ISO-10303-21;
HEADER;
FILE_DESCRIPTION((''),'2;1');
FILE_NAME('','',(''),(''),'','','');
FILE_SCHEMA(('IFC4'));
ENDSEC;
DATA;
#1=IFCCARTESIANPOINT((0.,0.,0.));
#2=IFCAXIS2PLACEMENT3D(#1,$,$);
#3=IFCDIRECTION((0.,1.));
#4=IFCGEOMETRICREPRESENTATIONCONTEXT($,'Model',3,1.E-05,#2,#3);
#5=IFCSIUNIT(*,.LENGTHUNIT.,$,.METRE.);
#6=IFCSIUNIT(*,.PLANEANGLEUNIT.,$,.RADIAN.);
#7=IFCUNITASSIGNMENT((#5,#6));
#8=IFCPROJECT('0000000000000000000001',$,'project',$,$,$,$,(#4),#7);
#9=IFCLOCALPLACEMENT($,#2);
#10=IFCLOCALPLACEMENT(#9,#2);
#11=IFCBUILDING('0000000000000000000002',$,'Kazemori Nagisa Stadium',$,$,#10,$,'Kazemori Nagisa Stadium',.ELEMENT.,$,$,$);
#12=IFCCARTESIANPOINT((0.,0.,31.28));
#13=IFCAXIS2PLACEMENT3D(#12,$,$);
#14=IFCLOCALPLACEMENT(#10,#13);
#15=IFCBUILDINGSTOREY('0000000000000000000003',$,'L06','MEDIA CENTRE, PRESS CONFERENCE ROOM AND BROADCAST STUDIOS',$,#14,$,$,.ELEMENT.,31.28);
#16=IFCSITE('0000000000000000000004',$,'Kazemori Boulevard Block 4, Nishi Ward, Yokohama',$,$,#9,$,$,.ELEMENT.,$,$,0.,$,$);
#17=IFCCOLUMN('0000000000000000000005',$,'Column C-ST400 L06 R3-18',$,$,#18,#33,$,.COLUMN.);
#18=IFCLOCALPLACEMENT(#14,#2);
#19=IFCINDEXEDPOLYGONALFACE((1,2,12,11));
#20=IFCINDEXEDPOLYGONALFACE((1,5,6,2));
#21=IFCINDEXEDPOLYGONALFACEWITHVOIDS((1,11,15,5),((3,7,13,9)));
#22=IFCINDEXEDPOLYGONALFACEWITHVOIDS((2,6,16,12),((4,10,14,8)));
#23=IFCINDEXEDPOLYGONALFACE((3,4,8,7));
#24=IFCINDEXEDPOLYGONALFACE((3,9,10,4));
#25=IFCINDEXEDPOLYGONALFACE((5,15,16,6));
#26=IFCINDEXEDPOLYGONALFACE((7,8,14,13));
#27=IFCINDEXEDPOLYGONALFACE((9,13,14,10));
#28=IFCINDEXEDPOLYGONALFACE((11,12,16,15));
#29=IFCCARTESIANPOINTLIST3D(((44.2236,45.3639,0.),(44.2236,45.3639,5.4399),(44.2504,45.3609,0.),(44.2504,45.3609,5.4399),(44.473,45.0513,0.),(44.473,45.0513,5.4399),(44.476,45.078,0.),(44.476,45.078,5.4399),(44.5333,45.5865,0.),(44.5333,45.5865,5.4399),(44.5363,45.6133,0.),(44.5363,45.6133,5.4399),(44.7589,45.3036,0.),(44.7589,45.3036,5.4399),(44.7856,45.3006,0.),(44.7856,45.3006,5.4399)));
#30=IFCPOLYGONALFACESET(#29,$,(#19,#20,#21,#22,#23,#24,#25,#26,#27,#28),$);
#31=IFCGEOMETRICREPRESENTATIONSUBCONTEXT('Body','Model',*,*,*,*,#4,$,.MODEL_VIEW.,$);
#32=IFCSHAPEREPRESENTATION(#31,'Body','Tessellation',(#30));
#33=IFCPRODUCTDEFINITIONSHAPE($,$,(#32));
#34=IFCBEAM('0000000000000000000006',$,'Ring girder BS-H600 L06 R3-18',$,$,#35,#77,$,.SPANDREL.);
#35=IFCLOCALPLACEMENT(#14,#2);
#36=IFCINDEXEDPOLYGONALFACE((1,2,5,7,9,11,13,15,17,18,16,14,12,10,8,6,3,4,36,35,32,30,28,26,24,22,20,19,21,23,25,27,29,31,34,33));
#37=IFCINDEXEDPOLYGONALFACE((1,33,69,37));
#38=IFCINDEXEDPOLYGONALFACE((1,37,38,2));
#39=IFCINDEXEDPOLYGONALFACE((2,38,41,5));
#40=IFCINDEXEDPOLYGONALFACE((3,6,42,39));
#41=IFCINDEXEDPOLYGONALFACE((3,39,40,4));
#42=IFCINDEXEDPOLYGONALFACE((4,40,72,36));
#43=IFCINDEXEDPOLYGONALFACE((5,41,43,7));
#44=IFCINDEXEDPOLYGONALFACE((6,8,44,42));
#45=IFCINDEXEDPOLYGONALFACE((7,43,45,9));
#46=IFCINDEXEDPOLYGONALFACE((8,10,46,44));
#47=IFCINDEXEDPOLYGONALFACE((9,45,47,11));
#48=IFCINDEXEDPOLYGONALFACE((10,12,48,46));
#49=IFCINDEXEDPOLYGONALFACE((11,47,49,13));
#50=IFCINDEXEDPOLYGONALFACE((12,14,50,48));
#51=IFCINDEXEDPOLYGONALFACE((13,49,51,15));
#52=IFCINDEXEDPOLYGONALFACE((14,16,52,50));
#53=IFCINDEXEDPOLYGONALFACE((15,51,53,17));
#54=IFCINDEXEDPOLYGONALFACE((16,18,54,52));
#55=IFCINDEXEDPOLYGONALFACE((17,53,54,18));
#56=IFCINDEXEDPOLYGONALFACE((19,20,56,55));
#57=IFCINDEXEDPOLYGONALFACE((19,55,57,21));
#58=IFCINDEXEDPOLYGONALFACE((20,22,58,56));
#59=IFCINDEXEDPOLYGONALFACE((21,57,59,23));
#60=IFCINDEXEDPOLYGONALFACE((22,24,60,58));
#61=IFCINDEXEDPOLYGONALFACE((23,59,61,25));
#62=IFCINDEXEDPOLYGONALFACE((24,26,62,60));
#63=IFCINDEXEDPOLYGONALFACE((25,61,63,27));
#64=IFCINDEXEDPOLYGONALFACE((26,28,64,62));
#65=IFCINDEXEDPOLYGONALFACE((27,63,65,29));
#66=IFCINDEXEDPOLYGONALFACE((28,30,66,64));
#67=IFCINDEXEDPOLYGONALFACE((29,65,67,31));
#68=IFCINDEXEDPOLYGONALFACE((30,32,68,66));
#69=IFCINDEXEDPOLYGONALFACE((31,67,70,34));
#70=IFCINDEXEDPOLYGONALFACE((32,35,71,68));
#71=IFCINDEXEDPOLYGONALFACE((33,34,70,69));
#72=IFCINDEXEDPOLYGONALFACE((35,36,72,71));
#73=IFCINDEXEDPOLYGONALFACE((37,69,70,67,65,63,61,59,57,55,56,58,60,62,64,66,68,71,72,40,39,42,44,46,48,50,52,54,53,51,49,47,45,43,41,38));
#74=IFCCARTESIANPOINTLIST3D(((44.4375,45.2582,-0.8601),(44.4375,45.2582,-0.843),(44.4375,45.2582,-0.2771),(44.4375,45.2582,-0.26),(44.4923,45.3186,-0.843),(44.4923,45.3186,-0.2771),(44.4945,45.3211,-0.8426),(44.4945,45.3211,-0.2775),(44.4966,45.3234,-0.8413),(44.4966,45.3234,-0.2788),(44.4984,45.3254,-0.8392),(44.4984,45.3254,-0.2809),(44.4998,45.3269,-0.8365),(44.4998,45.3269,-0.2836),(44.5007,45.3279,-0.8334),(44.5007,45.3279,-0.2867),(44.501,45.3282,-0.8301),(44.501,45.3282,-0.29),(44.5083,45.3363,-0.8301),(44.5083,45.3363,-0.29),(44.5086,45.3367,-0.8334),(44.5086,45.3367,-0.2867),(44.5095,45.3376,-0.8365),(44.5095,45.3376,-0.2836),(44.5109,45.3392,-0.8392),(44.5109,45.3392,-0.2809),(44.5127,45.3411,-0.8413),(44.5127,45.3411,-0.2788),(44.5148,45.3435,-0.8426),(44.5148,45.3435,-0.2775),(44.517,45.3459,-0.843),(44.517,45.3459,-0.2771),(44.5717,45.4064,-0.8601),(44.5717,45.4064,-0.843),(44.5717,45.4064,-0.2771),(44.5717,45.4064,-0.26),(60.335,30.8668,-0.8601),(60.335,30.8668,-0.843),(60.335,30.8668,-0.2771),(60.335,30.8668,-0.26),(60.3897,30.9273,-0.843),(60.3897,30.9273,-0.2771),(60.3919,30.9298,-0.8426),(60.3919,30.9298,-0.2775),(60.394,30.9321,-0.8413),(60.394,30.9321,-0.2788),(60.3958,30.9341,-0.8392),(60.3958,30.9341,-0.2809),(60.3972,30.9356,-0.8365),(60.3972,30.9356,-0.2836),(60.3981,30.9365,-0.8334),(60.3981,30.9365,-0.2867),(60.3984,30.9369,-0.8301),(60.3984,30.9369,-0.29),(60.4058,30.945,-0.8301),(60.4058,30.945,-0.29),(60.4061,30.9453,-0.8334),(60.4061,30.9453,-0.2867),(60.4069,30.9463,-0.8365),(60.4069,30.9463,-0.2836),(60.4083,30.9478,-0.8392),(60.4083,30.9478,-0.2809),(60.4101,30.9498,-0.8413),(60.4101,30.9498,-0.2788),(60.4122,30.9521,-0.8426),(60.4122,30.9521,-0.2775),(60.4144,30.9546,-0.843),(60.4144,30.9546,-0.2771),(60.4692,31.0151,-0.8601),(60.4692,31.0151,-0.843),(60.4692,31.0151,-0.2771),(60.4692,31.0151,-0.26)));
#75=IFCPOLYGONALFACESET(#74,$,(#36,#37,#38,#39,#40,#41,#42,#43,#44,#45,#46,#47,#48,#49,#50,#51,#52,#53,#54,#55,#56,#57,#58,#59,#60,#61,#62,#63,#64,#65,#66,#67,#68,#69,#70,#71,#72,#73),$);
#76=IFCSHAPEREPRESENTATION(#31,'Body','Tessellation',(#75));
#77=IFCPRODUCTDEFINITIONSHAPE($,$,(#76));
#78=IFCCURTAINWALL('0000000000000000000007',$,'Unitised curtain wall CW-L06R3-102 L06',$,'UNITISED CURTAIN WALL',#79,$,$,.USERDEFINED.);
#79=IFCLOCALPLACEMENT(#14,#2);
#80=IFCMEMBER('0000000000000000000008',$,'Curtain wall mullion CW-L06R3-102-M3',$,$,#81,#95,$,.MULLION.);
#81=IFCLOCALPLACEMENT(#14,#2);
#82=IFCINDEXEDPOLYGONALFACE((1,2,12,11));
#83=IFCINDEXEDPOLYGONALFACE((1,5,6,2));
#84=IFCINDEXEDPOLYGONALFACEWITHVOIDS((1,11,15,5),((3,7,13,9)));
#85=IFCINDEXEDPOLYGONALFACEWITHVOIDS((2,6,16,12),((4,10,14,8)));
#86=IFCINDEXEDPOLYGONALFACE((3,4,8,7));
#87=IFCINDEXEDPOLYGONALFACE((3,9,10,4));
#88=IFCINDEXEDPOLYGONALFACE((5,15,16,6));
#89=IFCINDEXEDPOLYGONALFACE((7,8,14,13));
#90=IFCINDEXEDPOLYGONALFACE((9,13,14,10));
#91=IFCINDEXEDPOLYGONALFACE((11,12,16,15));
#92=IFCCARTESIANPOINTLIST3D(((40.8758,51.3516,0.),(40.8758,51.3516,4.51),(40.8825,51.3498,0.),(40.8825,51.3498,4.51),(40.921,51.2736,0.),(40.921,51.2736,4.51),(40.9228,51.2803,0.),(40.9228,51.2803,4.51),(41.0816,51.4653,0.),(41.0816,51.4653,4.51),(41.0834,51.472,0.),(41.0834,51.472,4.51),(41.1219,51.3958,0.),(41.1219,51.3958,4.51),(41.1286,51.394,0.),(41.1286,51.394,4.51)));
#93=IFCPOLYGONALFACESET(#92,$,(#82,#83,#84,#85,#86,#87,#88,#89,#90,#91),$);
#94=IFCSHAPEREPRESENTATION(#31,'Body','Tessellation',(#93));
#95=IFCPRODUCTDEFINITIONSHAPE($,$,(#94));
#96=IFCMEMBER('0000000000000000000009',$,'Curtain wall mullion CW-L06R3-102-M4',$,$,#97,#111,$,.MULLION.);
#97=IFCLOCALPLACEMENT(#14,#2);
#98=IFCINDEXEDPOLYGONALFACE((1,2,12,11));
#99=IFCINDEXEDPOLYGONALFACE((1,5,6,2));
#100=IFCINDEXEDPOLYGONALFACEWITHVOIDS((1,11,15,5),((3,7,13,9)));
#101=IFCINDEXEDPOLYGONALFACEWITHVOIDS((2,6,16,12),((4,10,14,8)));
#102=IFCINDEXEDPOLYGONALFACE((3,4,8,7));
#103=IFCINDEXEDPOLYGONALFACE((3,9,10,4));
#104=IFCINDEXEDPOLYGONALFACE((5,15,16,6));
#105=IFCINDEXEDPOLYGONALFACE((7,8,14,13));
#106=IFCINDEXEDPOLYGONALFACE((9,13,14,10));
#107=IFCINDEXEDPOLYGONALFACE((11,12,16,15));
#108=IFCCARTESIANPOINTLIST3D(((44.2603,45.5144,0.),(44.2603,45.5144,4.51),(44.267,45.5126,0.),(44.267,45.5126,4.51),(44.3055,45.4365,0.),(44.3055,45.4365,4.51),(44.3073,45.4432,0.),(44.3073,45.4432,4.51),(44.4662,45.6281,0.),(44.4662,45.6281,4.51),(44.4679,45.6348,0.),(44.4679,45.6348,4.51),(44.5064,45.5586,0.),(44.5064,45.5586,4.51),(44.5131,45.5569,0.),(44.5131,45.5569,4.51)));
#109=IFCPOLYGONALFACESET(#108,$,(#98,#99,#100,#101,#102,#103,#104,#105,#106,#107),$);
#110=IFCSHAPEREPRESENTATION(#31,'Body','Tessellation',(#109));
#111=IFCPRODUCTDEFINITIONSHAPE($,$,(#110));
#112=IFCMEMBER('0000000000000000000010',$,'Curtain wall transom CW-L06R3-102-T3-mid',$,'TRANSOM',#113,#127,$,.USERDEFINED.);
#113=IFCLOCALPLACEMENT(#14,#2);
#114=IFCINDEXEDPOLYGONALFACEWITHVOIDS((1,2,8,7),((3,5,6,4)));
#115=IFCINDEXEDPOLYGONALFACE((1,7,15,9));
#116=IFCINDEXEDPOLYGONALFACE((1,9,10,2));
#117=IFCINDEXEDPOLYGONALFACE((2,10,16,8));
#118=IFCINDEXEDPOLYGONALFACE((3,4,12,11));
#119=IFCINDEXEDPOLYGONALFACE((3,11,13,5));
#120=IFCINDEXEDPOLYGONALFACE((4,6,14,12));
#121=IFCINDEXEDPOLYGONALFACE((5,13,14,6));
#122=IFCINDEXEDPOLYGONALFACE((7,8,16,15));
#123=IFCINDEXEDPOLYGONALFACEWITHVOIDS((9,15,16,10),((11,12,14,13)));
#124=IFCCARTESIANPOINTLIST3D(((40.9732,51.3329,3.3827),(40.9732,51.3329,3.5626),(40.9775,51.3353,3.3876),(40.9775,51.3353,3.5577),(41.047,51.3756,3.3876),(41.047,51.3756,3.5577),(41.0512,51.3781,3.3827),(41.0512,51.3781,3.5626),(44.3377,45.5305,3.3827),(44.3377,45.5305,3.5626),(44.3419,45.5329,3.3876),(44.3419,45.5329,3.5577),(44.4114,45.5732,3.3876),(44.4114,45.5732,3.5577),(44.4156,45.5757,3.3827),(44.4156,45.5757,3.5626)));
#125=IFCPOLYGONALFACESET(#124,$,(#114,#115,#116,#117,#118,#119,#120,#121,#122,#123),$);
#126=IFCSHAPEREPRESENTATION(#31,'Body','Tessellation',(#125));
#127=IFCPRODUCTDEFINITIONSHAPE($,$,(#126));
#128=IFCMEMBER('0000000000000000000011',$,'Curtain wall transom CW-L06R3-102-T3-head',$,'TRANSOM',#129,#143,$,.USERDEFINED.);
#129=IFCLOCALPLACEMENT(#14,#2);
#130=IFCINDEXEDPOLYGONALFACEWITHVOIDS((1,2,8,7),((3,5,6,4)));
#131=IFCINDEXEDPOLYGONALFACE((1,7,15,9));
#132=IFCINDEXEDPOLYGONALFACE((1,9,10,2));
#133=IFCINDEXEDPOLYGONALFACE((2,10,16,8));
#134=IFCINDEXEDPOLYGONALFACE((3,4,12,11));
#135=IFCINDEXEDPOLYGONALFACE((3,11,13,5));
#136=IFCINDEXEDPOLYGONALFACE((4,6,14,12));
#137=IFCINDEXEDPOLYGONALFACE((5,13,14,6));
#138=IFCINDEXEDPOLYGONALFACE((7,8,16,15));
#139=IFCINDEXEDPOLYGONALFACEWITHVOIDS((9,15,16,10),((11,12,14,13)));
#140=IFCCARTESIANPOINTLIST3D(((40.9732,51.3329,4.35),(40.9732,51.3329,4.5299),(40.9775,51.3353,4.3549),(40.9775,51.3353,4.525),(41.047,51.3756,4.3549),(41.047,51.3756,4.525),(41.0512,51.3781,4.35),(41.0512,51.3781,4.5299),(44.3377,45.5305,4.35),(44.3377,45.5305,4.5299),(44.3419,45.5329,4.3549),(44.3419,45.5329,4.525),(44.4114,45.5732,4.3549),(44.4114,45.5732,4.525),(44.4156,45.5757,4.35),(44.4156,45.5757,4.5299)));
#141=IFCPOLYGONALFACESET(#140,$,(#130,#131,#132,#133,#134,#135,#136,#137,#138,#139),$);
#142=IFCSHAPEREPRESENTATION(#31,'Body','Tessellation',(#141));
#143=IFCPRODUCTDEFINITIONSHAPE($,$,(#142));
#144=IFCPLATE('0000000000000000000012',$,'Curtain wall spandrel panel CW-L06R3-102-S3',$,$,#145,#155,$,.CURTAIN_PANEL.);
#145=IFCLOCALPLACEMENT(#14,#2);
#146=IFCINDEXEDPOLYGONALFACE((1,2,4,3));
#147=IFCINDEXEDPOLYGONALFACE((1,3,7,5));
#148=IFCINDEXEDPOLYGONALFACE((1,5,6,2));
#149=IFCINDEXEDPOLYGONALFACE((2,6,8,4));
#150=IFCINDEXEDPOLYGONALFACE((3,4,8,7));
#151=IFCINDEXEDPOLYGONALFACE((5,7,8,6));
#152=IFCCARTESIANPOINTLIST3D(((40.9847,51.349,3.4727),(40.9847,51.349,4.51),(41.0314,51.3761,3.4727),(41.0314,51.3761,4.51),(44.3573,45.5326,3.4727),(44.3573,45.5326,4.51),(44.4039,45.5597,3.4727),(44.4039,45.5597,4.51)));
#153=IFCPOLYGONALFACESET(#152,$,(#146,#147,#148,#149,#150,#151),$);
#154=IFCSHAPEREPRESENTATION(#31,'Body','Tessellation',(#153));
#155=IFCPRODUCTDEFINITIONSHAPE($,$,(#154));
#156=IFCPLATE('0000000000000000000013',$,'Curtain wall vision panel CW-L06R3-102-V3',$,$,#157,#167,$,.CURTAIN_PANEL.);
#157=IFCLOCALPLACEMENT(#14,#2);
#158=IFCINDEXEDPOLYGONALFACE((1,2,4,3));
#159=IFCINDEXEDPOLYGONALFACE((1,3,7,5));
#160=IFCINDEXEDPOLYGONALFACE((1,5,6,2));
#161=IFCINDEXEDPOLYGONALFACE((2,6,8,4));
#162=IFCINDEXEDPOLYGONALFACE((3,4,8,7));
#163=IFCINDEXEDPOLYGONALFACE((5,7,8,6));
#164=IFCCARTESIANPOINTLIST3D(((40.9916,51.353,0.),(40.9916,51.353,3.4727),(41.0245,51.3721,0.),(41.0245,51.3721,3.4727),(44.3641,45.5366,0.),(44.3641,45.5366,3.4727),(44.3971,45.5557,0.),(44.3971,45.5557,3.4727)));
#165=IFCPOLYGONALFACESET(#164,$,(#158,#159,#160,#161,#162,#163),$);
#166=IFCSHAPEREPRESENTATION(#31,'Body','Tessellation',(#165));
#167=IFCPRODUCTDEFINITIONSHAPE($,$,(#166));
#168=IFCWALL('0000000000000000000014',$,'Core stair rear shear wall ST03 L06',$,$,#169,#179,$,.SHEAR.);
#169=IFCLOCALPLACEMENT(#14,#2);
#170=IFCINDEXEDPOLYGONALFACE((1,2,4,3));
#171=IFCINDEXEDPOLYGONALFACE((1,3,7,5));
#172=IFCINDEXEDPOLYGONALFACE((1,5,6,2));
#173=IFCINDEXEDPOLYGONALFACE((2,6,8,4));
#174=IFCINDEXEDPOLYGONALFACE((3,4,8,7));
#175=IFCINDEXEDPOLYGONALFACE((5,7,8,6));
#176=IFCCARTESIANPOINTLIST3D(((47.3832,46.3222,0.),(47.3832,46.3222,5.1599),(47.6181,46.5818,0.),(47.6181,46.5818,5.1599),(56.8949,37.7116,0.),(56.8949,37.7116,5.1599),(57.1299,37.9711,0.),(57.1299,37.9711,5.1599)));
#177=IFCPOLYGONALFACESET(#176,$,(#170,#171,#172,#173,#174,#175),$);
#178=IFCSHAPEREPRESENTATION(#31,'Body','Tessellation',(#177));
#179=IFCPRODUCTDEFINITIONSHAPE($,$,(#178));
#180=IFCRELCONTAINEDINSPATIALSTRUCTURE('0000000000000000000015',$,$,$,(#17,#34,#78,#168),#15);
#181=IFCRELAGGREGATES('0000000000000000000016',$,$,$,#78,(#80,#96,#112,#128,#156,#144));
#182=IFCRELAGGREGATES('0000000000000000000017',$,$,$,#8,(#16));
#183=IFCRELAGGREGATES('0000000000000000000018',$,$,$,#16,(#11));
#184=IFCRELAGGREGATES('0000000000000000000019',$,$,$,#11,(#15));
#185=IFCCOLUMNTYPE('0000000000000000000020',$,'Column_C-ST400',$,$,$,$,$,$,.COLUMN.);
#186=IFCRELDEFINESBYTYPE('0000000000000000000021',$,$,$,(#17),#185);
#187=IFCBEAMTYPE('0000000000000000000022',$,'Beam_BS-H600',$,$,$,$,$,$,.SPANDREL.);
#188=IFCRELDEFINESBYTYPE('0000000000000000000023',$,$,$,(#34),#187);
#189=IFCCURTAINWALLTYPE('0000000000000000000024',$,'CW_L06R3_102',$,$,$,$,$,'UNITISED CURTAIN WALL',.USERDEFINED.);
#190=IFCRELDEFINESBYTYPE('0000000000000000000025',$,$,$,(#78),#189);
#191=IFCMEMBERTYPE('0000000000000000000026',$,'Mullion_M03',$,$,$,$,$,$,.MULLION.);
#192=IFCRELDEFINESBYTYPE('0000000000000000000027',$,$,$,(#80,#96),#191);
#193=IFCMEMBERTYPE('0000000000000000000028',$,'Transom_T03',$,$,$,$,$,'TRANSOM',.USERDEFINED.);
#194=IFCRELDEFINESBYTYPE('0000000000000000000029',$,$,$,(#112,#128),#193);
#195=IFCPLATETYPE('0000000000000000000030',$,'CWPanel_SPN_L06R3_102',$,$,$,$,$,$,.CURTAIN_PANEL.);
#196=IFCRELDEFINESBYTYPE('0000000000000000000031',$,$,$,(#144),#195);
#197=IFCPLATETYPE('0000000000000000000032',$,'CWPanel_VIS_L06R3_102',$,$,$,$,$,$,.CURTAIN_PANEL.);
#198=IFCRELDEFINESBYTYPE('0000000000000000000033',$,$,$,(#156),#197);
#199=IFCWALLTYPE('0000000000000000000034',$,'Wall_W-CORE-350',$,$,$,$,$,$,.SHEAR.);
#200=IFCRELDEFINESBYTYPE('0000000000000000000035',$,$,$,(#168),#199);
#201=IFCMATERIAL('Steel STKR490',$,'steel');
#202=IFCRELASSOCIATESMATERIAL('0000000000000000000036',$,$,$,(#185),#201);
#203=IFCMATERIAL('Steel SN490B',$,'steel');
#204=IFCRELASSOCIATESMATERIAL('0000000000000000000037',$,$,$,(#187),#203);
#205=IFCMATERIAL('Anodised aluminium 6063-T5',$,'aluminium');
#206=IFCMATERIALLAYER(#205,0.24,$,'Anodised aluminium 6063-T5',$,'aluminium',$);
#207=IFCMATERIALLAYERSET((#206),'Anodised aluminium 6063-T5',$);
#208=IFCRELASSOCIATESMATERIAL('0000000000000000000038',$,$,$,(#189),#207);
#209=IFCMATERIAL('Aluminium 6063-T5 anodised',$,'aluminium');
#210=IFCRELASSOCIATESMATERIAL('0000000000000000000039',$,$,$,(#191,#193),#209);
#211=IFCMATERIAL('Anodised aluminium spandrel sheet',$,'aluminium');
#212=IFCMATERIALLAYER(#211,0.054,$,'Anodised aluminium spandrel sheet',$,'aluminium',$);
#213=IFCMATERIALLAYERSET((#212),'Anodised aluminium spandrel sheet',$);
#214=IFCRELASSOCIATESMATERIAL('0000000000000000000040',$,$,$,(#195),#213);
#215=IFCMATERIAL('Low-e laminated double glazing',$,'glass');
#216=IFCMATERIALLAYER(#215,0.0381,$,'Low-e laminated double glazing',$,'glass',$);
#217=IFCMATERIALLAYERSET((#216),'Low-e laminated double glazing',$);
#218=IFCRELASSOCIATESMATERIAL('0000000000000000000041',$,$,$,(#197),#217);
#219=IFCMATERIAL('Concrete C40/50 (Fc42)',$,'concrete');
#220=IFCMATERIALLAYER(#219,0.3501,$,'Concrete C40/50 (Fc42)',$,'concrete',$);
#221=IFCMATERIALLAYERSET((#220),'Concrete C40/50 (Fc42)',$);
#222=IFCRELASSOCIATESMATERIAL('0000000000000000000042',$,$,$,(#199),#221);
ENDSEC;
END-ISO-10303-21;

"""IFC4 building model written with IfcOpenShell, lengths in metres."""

from ifc_helpers import new_model, si_unit, direction, frame, frame_2d, origin, origin_2d, place, context, subcontext, project, spatial, rectangle, hollow_rectangle, i_section, extrude, material, layer, layer_set, material_profile, profile_set, type_object, element, aggregate, save


model = new_model("IFC4")

# Units and contexts
model_context = context("Model", 3, precision=1e-05, world=origin(), true_north=direction((0.0, 1.0)))
body_context = subcontext(model_context, "Body", "Model", "MODEL_VIEW")
ifc_project = project(units=[si_unit("LENGTHUNIT", "METRE"), si_unit("PLANEANGLEUNIT", "RADIAN")], contexts=[model_context])

# Site, building, storey
site_placement = place(None, origin())
site = spatial("IfcSite", under=ifc_project, at=site_placement, Name="Kazemori Boulevard Block 4, Nishi Ward, Yokohama", CompositionType="ELEMENT", RefElevation=0.0)
building_placement = place(site_placement, origin())
building = spatial("IfcBuilding", under=site, at=building_placement, Name="Kazemori Nagisa Stadium", LongName="Kazemori Nagisa Stadium", CompositionType="ELEMENT")
storey_placement = place(building_placement, frame((0.0, 0.0, 31.28)))
storey = spatial("IfcBuildingStorey", under=building, at=storey_placement, Name="L06", Description="MEDIA CENTRE, PRESS CONFERENCE ROOM AND BROADCAST STUDIOS", CompositionType="ELEMENT", Elevation=31.28)

# Column
ifc_material_1 = material(Name="Steel STKR490", Category="steel")
ifc_material_profile_1 = material_profile(ifc_material_1, hollow_rectangle(XDim=0.3999, YDim=0.3999, WallThickness=0.019, at=origin_2d()), Name="SHS-400x400x19")
ifc_profile_set_1 = profile_set([ifc_material_profile_1], Name="Steel STKR490")
column_type = type_object("IfcColumnType", Name="Column_C-ST400", PredefinedType="COLUMN", material=ifc_profile_set_1)
column_placement = place(storey_placement, frame((44.5046, 45.3323, 0.0), z_axis=(0.0, 0.0, 1.0), x_axis=(-0.781831, -0.62349, 0.0)))
element("IfcColumn", 1, at=column_placement, inside=storey, type_object=column_type, Name="Column C-ST400 L06 R3-18", PredefinedType="COLUMN", context=body_context, shape_type="SweptSolid", body=[
    extrude(hollow_rectangle(XDim=0.3999, YDim=0.3999, WallThickness=0.019, at=origin_2d()), origin(), (0.0, 0.0, 1.0), 5.4399),
])

# Beam
ifc_material_2 = material(Name="Steel SN490B", Category="steel")
ifc_material_profile_2 = material_profile(ifc_material_2, i_section(OverallWidth=0.2, OverallDepth=0.6001, WebThickness=0.011, FlangeThickness=0.0171, FilletRadius=0.0129, at=origin_2d()), Name="H-600x200x11x17")
ifc_profile_set_2 = profile_set([ifc_material_profile_2], Name="Steel SN490B")
beam_type = type_object("IfcBeamType", Name="Beam_BS-H600", PredefinedType="SPANDREL", material=ifc_profile_set_2)
beam_placement = place(storey_placement, frame((44.5046, 45.3323, -0.5601), z_axis=(0.741352, -0.671117, 0.0), x_axis=(0.671117, 0.741352, 0.0)))
element("IfcBeam", 2, at=beam_placement, inside=storey, type_object=beam_type, Name="Ring girder BS-H600 L06 R3-18", PredefinedType="SPANDREL", context=body_context, shape_type="SweptSolid", body=[
    extrude(i_section(OverallWidth=0.2, OverallDepth=0.6001, WebThickness=0.011, FlangeThickness=0.0171, FilletRadius=0.0129, at=origin_2d()), origin(), (0.0, 0.0, 1.0), 21.4438),
])

# Curtain wall, members, plates
ifc_material_3 = material(Name="Anodised aluminium 6063-T5", Category="aluminium")
ifc_layer_1 = layer(ifc_material_3, 0.24, Name="Anodised aluminium 6063-T5", Category="aluminium")
ifc_layer_set_1 = layer_set([ifc_layer_1], Name="Anodised aluminium 6063-T5")
curtain_wall_type = type_object("IfcCurtainWallType", Name="CW_L06R3_102", ElementType="UNITISED CURTAIN WALL", PredefinedType="USERDEFINED", material=ifc_layer_set_1)
curtain_wall_placement = place(storey_placement, origin())
curtain_wall = element("IfcCurtainWall", 3, at=curtain_wall_placement, inside=storey, type_object=curtain_wall_type, Name="Unitised curtain wall CW-L06R3-102 L06", ObjectType="UNITISED CURTAIN WALL", PredefinedType="USERDEFINED")
ifc_material_4 = material(Name="Aluminium 6063-T5 anodised", Category="aluminium")
ifc_material_profile_3 = material_profile(ifc_material_4, hollow_rectangle(XDim=0.0901, YDim=0.24, WallThickness=0.0049, at=origin_2d()), Name="ALU-MULL-90x240x5")
ifc_profile_set_3 = profile_set([ifc_material_profile_3], Name="Aluminium 6063-T5 anodised")
member_type_1 = type_object("IfcMemberType", Name="Mullion_M03", PredefinedType="MULLION", material=ifc_profile_set_3)
member_1_placement = place(storey_placement, frame((41.0022, 51.3728, 0.0), z_axis=(0.0, 0.0, 1.0), x_axis=(0.501612, -0.865093, 0.0)))
member_1 = element("IfcMember", 4, at=member_1_placement, type_object=member_type_1, Name="Curtain wall mullion CW-L06R3-102-M3", PredefinedType="MULLION", context=body_context, shape_type="SweptSolid", body=[
    extrude(hollow_rectangle(XDim=0.0901, YDim=0.24, WallThickness=0.0049, at=origin_2d()), origin(), (0.0, 0.0, 1.0), 4.51),
])
member_2_placement = place(storey_placement, frame((44.3867, 45.5356, 0.0), z_axis=(0.0, 0.0, 1.0), x_axis=(0.501612, -0.865093, 0.0)))
member_2 = element("IfcMember", 5, at=member_2_placement, type_object=member_type_1, Name="Curtain wall mullion CW-L06R3-102-M4", PredefinedType="MULLION", context=body_context, shape_type="SweptSolid", body=[
    extrude(hollow_rectangle(XDim=0.0901, YDim=0.24, WallThickness=0.0049, at=origin_2d()), origin(), (0.0, 0.0, 1.0), 4.51),
])
ifc_material_profile_4 = material_profile(ifc_material_4, hollow_rectangle(XDim=0.0901, YDim=0.1799, WallThickness=0.0049, at=origin_2d()), Name="ALU-TRAN-90x180x5")
ifc_profile_set_4 = profile_set([ifc_material_profile_4], Name="Aluminium 6063-T5 anodised")
member_type_2 = type_object("IfcMemberType", Name="Transom_T03", ElementType="TRANSOM", PredefinedType="USERDEFINED", material=ifc_profile_set_4)
member_3_placement = place(storey_placement, frame((41.0122, 51.3555, 3.4727), z_axis=(0.501613, -0.865092, 0.0), x_axis=(0.865092, 0.501613, 0.0)))
member_3 = element("IfcMember", 6, at=member_3_placement, type_object=member_type_2, Name="Curtain wall transom CW-L06R3-102-T3-mid", ObjectType="TRANSOM", PredefinedType="USERDEFINED", context=body_context, shape_type="SweptSolid", body=[
    extrude(hollow_rectangle(XDim=0.0901, YDim=0.1799, WallThickness=0.0049, at=origin_2d()), origin(), (0.0, 0.0, 1.0), 6.7073),
])
member_4_placement = place(storey_placement, frame((41.0122, 51.3555, 4.4399), z_axis=(0.501613, -0.865092, 0.0), x_axis=(0.865092, 0.501613, 0.0)))
member_4 = element("IfcMember", 7, at=member_4_placement, type_object=member_type_2, Name="Curtain wall transom CW-L06R3-102-T3-head", ObjectType="TRANSOM", PredefinedType="USERDEFINED", context=body_context, shape_type="SweptSolid", body=[
    extrude(hollow_rectangle(XDim=0.0901, YDim=0.1799, WallThickness=0.0049, at=origin_2d()), origin(), (0.0, 0.0, 1.0), 6.7073),
])
ifc_material_5 = material(Name="Anodised aluminium spandrel sheet", Category="aluminium")
ifc_layer_2 = layer(ifc_material_5, 0.054, Name="Anodised aluminium spandrel sheet", Category="aluminium")
ifc_layer_set_2 = layer_set([ifc_layer_2], Name="Anodised aluminium spandrel sheet")
plate_type_1 = type_object("IfcPlateType", Name="CWPanel_SPN_L06R3_102", PredefinedType="CURTAIN_PANEL", material=ifc_layer_set_2)
plate_1_placement = place(storey_placement, frame((42.6943, 48.4543, 3.4727), z_axis=(0.0, 0.0, 1.0), x_axis=(0.501612, -0.865093, 0.0)))
plate_1 = element("IfcPlate", 8, at=plate_1_placement, type_object=plate_type_1, Name="Curtain wall spandrel panel CW-L06R3-102-S3", PredefinedType="CURTAIN_PANEL", context=body_context, shape_type="SweptSolid", body=[
    extrude(rectangle(XDim=6.7234, YDim=0.054, at=origin_2d()), origin(), (0.0, 0.0, 1.0), 1.0374),
])
ifc_material_6 = material(Name="Low-e laminated double glazing", Category="glass")
ifc_layer_3 = layer(ifc_material_6, 0.0381, Name="Low-e laminated double glazing", Category="glass")
ifc_layer_set_3 = layer_set([ifc_layer_3], Name="Low-e laminated double glazing")
plate_type_2 = type_object("IfcPlateType", Name="CWPanel_VIS_L06R3_102", PredefinedType="CURTAIN_PANEL", material=ifc_layer_set_3)
plate_2_placement = place(storey_placement, frame((42.6943, 48.4543, 0.0), z_axis=(0.0, 0.0, 1.0), x_axis=(0.501612, -0.865093, 0.0)))
plate_2 = element("IfcPlate", 9, at=plate_2_placement, type_object=plate_type_2, Name="Curtain wall vision panel CW-L06R3-102-V3", PredefinedType="CURTAIN_PANEL", context=body_context, shape_type="SweptSolid", body=[
    extrude(rectangle(XDim=6.7234, YDim=0.0381, at=origin_2d()), origin(), (0.0, 0.0, 1.0), 3.4727),
])
aggregate(curtain_wall, [member_1, member_2, member_3, member_4, plate_2, plate_1])

# Wall
ifc_material_7 = material(Name="Concrete C40/50 (Fc42)", Category="concrete")
ifc_layer_4 = layer(ifc_material_7, 0.3501, Name="Concrete C40/50 (Fc42)", Category="concrete")
ifc_layer_set_4 = layer_set([ifc_layer_4], Name="Concrete C40/50 (Fc42)")
wall_type_1 = type_object("IfcWallType", Name="Wall_W-CORE-350", PredefinedType="SHEAR", material=ifc_layer_set_4)
wall_1_placement = place(storey_placement, frame((47.5007, 46.4519, 0.0), z_axis=(0.0, 0.0, 1.0), x_axis=(0.741351, -0.671117, 0.0)))
element("IfcWall", 10, at=wall_1_placement, inside=storey, type_object=wall_type_1, Name="Core stair rear shear wall ST03 L06", PredefinedType="SHEAR", context=body_context, shape_type="SweptSolid", body=[
    extrude(rectangle(XDim=12.8303, YDim=0.3501, at=frame_2d((6.415, 0.0))), origin(), (0.0, 0.0, 1.0), 5.1599),
])

save(model, "model.ifc")
